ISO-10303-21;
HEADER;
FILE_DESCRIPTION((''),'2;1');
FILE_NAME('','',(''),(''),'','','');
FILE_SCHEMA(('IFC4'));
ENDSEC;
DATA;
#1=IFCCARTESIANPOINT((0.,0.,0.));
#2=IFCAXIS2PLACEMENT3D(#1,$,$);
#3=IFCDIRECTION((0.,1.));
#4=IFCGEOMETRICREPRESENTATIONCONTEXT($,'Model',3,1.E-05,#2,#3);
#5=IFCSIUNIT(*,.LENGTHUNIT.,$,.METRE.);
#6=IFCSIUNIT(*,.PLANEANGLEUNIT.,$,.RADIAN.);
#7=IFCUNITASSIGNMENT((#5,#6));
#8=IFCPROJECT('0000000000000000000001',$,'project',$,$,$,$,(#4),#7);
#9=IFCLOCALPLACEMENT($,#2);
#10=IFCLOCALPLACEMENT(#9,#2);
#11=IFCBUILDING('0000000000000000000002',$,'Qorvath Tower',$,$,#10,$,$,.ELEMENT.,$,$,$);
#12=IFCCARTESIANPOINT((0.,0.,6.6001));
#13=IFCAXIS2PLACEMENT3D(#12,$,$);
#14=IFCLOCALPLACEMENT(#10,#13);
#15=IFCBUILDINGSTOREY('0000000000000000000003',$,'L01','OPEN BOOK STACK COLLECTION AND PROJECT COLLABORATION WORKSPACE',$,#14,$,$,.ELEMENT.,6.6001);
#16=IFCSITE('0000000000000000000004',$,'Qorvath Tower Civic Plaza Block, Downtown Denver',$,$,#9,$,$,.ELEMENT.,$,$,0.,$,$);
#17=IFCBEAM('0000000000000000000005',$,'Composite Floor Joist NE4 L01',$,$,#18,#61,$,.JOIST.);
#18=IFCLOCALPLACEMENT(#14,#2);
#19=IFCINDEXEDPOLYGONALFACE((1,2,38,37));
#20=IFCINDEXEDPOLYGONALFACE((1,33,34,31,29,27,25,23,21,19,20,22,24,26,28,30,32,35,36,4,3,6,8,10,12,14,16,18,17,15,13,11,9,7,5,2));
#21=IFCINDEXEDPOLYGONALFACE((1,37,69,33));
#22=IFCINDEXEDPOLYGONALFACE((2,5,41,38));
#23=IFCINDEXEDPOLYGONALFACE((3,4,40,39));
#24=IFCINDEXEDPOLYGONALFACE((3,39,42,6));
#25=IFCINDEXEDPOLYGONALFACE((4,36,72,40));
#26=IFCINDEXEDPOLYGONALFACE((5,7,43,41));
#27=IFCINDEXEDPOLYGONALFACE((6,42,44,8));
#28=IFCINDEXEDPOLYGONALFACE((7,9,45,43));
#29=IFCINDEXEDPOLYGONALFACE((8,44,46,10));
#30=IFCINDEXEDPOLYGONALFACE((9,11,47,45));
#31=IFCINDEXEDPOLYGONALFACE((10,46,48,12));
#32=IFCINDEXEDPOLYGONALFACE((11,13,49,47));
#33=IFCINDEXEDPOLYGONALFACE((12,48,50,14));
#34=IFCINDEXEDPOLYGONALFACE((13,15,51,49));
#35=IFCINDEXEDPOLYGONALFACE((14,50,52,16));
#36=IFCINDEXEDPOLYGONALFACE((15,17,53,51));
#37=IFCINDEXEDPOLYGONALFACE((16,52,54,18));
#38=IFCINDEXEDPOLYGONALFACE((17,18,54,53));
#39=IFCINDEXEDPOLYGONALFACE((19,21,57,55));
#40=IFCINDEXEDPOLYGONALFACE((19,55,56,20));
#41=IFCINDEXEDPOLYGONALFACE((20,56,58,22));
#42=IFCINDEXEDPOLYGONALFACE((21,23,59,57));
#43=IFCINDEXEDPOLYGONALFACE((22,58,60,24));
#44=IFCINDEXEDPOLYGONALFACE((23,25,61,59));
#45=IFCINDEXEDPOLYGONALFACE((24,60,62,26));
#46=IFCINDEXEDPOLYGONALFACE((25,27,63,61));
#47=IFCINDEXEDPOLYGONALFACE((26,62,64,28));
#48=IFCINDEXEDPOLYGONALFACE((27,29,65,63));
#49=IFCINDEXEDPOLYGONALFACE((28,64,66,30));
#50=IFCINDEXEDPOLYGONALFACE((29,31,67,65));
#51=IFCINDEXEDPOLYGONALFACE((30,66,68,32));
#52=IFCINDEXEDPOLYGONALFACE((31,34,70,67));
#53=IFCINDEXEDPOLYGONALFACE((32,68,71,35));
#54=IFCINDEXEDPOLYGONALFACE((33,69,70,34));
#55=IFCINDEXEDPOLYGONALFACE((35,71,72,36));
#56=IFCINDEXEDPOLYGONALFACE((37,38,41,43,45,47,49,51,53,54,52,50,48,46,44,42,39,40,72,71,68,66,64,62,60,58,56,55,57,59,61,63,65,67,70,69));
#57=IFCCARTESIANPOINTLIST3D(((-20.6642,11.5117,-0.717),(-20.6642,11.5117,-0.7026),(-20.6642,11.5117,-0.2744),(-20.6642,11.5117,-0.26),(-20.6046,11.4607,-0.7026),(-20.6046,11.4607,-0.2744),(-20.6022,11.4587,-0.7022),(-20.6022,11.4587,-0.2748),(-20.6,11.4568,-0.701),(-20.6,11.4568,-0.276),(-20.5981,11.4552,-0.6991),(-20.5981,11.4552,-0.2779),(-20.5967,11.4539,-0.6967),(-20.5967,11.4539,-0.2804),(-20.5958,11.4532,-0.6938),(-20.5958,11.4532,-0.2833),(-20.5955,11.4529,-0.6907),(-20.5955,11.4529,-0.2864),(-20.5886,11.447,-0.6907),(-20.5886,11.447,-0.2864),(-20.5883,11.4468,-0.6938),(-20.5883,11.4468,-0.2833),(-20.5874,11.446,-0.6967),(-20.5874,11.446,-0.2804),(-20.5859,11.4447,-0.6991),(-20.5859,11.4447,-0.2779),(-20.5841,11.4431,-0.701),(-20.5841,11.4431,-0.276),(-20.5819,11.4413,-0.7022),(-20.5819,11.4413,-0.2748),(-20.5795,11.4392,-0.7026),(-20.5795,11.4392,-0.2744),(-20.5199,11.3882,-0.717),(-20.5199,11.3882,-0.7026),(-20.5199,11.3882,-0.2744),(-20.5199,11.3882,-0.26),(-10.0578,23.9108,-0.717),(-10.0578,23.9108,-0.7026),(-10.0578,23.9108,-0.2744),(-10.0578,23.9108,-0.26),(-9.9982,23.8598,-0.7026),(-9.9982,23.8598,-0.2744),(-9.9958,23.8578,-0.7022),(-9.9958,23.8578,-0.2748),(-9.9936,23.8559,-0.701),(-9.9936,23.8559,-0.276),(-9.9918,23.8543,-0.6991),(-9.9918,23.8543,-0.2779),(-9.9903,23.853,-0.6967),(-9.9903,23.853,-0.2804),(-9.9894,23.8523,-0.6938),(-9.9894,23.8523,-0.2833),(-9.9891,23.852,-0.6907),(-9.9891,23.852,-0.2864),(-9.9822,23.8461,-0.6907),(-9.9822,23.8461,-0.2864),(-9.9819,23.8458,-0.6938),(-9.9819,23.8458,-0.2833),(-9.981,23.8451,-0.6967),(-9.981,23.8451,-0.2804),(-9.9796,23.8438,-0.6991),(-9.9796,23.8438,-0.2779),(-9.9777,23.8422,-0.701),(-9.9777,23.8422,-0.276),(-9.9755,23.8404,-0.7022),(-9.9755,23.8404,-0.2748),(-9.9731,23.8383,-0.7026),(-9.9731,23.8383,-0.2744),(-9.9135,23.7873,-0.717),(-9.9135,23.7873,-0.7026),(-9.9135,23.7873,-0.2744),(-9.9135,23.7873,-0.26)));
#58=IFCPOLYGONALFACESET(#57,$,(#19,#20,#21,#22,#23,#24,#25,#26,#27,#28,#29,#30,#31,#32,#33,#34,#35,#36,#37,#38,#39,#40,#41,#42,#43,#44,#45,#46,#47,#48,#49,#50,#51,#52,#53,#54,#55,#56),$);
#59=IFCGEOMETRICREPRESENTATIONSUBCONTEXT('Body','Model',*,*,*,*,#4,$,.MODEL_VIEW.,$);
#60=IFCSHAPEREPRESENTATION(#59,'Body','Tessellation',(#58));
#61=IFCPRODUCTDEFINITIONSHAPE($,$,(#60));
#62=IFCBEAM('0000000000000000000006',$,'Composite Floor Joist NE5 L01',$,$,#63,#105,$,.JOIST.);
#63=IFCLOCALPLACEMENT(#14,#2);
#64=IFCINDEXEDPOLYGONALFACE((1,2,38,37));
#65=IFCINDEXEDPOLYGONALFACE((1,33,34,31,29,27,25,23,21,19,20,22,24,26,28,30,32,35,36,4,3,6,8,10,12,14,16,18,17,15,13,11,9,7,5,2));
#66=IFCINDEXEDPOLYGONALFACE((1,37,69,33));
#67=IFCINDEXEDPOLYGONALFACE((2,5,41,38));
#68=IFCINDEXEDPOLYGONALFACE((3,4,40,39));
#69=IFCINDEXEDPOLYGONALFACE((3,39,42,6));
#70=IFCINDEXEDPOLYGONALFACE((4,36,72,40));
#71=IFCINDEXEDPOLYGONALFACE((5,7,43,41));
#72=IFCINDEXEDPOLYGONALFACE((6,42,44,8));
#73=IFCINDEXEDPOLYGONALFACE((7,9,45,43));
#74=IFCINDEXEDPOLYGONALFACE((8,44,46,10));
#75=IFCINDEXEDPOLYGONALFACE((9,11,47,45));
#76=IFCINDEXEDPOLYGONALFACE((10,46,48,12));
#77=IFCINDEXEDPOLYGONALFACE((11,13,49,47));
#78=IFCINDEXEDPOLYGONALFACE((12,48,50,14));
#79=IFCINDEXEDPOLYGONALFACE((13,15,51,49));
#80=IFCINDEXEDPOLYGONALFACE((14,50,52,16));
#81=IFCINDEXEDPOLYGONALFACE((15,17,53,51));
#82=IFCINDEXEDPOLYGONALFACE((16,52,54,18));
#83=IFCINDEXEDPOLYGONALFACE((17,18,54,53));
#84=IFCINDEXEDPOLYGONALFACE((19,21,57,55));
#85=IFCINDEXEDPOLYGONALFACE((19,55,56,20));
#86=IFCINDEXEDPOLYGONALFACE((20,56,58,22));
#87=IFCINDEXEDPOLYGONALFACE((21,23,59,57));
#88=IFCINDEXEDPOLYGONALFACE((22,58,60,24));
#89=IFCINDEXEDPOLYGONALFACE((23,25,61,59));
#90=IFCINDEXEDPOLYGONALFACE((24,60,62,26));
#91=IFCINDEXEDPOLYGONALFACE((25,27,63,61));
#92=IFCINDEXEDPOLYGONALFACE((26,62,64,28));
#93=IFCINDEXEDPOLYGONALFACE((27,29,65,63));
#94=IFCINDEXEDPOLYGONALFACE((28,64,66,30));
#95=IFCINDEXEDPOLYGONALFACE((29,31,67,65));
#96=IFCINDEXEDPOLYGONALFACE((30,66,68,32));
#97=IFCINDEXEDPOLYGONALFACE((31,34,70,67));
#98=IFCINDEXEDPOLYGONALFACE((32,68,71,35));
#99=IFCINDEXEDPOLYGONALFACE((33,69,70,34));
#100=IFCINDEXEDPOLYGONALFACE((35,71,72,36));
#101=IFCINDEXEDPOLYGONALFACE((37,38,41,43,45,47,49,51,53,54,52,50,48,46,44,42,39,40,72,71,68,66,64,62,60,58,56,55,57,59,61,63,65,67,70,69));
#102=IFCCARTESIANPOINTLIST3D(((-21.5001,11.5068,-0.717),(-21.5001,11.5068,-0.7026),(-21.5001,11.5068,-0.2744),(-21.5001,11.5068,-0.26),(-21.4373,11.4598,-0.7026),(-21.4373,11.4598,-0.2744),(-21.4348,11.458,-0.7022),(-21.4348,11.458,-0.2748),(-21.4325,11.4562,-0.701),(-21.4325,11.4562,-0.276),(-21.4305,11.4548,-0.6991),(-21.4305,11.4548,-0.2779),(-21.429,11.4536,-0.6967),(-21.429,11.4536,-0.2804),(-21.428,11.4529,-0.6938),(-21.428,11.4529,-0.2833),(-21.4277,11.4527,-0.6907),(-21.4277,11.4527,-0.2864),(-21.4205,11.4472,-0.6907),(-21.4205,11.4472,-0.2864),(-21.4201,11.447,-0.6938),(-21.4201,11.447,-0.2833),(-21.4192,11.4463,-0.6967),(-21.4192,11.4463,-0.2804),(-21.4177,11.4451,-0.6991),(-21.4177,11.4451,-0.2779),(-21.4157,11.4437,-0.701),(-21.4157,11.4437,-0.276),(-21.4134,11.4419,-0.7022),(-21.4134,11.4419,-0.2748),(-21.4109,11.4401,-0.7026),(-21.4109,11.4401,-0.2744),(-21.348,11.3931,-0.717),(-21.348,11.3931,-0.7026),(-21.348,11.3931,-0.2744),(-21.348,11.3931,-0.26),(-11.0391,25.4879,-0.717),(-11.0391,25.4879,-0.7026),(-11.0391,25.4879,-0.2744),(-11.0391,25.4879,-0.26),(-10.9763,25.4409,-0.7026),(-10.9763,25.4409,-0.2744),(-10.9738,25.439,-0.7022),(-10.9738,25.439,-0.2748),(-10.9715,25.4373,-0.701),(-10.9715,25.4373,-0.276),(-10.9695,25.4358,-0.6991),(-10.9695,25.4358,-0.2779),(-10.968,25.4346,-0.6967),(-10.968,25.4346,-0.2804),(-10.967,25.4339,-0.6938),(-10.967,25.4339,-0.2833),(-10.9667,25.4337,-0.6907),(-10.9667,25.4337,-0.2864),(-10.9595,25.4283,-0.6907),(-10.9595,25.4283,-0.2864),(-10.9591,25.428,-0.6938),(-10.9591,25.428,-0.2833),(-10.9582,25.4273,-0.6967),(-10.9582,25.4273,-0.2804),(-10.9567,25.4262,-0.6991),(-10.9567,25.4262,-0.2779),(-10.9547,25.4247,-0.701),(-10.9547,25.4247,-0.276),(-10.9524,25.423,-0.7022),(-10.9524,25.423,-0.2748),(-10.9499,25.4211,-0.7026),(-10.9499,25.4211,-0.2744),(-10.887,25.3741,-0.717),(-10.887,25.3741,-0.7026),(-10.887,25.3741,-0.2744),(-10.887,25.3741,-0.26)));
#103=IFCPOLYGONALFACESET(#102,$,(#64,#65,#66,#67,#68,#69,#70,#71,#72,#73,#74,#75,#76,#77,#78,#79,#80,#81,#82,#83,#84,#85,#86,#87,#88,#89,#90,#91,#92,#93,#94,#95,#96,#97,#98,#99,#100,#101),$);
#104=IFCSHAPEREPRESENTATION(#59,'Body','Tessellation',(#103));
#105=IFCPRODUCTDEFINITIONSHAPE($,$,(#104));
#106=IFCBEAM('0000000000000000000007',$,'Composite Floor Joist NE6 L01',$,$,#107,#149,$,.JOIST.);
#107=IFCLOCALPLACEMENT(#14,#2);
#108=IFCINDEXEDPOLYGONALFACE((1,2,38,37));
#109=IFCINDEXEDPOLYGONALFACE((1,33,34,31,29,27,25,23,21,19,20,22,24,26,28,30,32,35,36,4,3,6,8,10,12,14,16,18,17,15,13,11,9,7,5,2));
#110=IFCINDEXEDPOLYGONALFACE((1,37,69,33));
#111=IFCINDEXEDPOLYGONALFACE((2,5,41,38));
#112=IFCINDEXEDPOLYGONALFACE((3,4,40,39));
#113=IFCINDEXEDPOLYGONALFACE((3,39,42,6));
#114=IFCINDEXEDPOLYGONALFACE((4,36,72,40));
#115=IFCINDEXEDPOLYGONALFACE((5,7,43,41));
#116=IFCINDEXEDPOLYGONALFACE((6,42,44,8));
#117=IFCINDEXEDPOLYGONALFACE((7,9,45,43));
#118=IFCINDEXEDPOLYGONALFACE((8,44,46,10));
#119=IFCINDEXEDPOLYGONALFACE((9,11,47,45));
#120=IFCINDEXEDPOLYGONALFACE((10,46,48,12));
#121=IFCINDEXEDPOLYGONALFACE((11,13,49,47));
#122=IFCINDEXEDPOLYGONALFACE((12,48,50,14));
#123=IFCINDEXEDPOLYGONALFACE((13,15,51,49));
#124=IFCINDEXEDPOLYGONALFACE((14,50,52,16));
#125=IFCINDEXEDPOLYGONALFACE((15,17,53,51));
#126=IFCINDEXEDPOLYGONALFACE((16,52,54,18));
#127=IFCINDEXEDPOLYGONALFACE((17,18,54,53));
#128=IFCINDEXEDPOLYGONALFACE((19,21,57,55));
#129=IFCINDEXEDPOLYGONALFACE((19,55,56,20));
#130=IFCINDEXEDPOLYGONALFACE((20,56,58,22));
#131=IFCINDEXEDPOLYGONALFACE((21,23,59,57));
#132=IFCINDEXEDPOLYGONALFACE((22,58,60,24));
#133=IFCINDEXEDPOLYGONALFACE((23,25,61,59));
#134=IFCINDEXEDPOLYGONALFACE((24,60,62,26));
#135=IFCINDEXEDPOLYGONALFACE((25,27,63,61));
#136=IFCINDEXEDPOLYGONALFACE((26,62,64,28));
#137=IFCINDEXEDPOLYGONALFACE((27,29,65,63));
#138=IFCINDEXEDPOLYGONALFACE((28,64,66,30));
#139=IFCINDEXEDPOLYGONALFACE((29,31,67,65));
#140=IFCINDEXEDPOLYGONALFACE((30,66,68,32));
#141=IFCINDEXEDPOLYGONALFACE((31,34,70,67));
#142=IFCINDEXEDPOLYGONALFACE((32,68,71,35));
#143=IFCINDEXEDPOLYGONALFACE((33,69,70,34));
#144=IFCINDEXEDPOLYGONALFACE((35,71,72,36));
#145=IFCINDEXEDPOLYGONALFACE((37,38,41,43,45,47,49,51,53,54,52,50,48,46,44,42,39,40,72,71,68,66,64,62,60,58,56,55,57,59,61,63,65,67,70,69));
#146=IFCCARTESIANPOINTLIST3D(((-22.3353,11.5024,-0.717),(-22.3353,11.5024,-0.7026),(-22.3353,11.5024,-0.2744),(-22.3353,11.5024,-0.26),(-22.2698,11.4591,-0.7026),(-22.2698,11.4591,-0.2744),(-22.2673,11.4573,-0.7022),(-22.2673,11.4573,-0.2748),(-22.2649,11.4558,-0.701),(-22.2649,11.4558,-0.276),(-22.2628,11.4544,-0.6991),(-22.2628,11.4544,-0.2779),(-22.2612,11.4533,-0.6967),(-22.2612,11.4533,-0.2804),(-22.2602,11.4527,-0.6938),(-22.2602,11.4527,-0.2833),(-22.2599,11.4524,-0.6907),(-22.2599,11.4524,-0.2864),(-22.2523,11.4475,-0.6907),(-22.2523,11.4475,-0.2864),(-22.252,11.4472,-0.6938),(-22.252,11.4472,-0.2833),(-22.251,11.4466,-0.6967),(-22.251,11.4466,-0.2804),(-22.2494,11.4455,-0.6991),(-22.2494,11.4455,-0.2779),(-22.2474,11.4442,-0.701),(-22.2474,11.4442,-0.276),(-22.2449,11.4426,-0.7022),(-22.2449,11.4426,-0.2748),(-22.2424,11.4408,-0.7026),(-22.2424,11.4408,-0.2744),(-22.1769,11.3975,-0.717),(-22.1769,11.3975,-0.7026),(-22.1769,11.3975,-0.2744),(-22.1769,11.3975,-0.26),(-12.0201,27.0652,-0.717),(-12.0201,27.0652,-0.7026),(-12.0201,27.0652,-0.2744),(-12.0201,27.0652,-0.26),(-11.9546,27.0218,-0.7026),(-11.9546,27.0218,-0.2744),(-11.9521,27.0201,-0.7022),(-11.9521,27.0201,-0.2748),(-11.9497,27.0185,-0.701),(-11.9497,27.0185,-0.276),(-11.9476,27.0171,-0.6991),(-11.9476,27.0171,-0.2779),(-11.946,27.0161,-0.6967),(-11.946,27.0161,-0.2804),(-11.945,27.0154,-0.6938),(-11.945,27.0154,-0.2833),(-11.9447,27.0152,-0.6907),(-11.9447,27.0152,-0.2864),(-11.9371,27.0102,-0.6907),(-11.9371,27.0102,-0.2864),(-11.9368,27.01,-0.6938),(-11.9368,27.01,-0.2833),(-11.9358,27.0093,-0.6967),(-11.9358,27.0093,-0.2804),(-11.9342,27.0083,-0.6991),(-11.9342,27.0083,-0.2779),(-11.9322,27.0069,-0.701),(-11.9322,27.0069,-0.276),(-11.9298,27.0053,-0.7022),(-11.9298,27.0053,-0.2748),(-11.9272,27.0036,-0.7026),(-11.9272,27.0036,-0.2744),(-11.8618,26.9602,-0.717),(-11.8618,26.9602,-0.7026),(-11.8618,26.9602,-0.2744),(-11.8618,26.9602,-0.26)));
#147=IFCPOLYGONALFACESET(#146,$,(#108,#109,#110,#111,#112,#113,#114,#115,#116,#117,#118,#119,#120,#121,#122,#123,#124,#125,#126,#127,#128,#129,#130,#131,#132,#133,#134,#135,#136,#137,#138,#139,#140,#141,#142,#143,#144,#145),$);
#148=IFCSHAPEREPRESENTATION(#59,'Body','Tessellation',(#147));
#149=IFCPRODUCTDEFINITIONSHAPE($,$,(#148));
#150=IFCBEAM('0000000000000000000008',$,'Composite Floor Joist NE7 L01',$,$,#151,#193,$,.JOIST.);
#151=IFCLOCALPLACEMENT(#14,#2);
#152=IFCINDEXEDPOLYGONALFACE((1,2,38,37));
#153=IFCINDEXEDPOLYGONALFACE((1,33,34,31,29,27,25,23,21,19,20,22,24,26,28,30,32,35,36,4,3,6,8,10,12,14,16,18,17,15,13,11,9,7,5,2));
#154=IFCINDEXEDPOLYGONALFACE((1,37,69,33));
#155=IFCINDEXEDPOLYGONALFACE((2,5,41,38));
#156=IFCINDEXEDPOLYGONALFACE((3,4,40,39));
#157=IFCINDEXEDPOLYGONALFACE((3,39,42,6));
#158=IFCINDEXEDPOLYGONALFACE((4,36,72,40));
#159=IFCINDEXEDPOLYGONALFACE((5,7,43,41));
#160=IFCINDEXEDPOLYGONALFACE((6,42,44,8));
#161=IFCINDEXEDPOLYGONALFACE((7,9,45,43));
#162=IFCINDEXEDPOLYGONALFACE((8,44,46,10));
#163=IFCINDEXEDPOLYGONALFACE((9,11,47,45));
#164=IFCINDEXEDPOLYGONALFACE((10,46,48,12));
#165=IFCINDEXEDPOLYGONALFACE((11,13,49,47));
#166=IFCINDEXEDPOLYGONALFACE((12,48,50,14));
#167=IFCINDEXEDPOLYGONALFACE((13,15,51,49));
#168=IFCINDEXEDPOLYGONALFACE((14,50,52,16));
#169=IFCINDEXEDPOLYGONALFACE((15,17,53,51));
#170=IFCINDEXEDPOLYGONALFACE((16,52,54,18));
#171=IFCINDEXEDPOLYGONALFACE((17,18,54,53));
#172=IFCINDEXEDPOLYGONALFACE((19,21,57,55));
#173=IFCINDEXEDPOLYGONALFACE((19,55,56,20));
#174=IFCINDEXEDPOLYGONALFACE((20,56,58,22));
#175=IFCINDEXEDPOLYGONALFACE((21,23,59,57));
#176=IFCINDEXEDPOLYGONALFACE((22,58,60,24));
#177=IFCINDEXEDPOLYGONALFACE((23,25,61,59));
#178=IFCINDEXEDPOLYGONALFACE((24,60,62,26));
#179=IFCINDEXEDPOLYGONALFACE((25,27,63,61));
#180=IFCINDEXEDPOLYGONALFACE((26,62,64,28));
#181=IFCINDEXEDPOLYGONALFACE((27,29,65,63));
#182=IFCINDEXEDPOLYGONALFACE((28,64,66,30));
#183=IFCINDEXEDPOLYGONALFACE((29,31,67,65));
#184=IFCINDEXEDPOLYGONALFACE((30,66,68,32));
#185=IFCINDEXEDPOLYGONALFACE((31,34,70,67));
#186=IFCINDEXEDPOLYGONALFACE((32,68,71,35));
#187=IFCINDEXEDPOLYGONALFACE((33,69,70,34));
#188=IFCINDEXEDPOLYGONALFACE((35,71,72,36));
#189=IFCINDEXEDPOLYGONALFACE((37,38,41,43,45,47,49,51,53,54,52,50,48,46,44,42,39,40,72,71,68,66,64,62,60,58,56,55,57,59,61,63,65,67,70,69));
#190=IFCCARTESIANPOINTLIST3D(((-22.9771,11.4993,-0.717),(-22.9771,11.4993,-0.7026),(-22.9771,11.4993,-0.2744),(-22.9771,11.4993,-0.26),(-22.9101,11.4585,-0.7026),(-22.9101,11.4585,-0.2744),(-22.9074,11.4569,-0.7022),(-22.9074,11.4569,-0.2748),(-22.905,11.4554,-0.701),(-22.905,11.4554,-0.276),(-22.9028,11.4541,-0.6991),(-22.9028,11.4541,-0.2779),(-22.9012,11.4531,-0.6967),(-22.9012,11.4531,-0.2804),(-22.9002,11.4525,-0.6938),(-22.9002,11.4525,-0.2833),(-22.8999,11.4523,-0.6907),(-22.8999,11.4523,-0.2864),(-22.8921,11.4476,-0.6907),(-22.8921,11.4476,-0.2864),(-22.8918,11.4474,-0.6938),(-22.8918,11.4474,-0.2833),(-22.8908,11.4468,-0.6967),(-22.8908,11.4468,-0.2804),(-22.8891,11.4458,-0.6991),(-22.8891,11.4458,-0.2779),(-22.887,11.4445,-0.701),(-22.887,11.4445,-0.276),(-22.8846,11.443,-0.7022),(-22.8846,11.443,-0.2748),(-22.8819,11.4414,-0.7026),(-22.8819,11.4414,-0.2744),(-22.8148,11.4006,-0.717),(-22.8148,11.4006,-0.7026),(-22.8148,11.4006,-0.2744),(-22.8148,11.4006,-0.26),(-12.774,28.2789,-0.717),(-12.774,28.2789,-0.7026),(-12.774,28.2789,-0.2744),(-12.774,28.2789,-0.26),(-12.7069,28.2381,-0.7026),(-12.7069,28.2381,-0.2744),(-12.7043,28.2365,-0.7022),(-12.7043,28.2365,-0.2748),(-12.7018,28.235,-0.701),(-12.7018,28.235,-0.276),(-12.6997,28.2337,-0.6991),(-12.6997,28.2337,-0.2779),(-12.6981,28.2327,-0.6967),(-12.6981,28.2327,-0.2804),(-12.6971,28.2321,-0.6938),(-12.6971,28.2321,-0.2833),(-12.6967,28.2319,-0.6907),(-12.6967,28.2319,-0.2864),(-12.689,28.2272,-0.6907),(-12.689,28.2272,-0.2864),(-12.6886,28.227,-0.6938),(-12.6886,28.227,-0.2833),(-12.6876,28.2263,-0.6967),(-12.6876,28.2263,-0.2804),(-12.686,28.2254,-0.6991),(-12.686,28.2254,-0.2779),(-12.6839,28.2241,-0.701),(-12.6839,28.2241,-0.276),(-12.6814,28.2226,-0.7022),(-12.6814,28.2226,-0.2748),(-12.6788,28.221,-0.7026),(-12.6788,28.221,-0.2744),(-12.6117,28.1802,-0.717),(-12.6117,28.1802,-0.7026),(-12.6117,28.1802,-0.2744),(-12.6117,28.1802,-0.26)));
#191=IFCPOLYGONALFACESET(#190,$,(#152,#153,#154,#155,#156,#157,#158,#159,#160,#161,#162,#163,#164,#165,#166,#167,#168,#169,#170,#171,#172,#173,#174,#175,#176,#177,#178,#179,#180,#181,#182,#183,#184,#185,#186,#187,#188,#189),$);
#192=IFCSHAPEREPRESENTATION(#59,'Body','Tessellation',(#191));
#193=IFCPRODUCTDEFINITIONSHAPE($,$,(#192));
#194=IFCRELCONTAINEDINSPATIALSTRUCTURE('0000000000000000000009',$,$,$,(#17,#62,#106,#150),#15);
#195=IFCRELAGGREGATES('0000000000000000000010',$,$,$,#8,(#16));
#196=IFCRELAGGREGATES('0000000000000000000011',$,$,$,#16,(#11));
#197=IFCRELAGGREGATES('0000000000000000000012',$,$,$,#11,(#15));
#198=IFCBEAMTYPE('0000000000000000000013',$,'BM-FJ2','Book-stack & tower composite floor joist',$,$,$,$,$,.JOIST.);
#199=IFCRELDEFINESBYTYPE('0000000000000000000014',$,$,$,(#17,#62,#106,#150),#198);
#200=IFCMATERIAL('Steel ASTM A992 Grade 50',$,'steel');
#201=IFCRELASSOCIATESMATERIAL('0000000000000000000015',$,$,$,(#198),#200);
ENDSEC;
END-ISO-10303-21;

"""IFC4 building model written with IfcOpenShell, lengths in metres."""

from ifc_helpers import new_model, si_unit, direction, frame, origin, origin_2d, place, context, subcontext, project, spatial, i_section, extrude, material, material_profile, profile_set, type_object, element, save


model = new_model("IFC4")

# Units and contexts
model_context = context("Model", 3, precision=1e-05, world=origin(), true_north=direction((0.0, 1.0)))
body_context = subcontext(model_context, "Body", "Model", "MODEL_VIEW")
ifc_project = project(units=[si_unit("LENGTHUNIT", "METRE"), si_unit("PLANEANGLEUNIT", "RADIAN")], contexts=[model_context])

# Site, building, storey
site_placement = place(None, origin())
site = spatial("IfcSite", under=ifc_project, at=site_placement, Name="Qorvath Tower Civic Plaza Block, Downtown Denver", CompositionType="ELEMENT", RefElevation=0.0)
building_placement = place(site_placement, origin())
building = spatial("IfcBuilding", under=site, at=building_placement, Name="Qorvath Tower", CompositionType="ELEMENT")
storey_placement = place(building_placement, frame((0.0, 0.0, 6.6001)))
storey = spatial("IfcBuildingStorey", under=building, at=storey_placement, Name="L01", Description="OPEN BOOK STACK COLLECTION AND PROJECT COLLABORATION WORKSPACE", CompositionType="ELEMENT", Elevation=6.6001)

# Beams
ifc_material_1 = material(Name="Steel ASTM A992 Grade 50", Category="steel")
ifc_material_profile_1 = material_profile(ifc_material_1, i_section(OverallWidth=0.1899, OverallDepth=0.457, WebThickness=0.009, FlangeThickness=0.0144, FilletRadius=0.012, at=origin_2d()), Name="W18x50")
ifc_profile_set_1 = profile_set([ifc_material_profile_1], Name="Steel ASTM A992 Grade 50")
beam_type_1 = type_object("IfcBeamType", Name="BM-FJ2", Description="Book-stack & tower composite floor joist", PredefinedType="JOIST", material=ifc_profile_set_1)
beam_1_placement = place(storey_placement, frame((-20.592, 11.45, -0.4885), z_axis=(0.650034, 0.759905, 0.0), x_axis=(-0.759905, 0.650034, 0.0)))
element("IfcBeam", 1, at=beam_1_placement, inside=storey, type_object=beam_type_1, Name="Composite Floor Joist NE4 L01", PredefinedType="JOIST", context=body_context, shape_type="SweptSolid", body=[
    extrude(i_section(OverallWidth=0.1899, OverallDepth=0.457, WebThickness=0.009, FlangeThickness=0.0144, FilletRadius=0.012, at=origin_2d()), origin(), (0.0, 0.0, 1.0), 16.3167),
])
beam_2_placement = place(storey_placement, frame((-21.4241, 11.45, -0.4885), z_axis=(0.599091, 0.800681, 0.0), x_axis=(-0.800681, 0.599091, 0.0)))
element("IfcBeam", 2, at=beam_2_placement, inside=storey, type_object=beam_type_1, Name="Composite Floor Joist NE5 L01", PredefinedType="JOIST", context=body_context, shape_type="SweptSolid", body=[
    extrude(i_section(OverallWidth=0.1899, OverallDepth=0.457, WebThickness=0.009, FlangeThickness=0.0144, FilletRadius=0.012, at=origin_2d()), origin(), (0.0, 0.0, 1.0), 17.4614),
])
beam_3_placement = place(storey_placement, frame((-22.2561, 11.45, -0.4885), z_axis=(0.552474, 0.83353, 0.0), x_axis=(-0.83353, 0.552474, 0.0)))
element("IfcBeam", 3, at=beam_3_placement, inside=storey, type_object=beam_type_1, Name="Composite Floor Joist NE6 L01", PredefinedType="JOIST", context=body_context, shape_type="SweptSolid", body=[
    extrude(i_section(OverallWidth=0.1899, OverallDepth=0.457, WebThickness=0.009, FlangeThickness=0.0144, FilletRadius=0.012, at=origin_2d()), origin(), (0.0, 0.0, 1.0), 18.6709),
])
beam_4_placement = place(storey_placement, frame((-22.896, 11.45, -0.4885), z_axis=(0.519556, 0.854436, 0.0), x_axis=(-0.854436, 0.519556, 0.0)))
element("IfcBeam", 4, at=beam_4_placement, inside=storey, type_object=beam_type_1, Name="Composite Floor Joist NE7 L01", PredefinedType="JOIST", context=body_context, shape_type="SweptSolid", body=[
    extrude(i_section(OverallWidth=0.1899, OverallDepth=0.457, WebThickness=0.009, FlangeThickness=0.0144, FilletRadius=0.012, at=origin_2d()), origin(), (0.0, 0.0, 1.0), 19.6382),
])

save(model, "model.ifc")
